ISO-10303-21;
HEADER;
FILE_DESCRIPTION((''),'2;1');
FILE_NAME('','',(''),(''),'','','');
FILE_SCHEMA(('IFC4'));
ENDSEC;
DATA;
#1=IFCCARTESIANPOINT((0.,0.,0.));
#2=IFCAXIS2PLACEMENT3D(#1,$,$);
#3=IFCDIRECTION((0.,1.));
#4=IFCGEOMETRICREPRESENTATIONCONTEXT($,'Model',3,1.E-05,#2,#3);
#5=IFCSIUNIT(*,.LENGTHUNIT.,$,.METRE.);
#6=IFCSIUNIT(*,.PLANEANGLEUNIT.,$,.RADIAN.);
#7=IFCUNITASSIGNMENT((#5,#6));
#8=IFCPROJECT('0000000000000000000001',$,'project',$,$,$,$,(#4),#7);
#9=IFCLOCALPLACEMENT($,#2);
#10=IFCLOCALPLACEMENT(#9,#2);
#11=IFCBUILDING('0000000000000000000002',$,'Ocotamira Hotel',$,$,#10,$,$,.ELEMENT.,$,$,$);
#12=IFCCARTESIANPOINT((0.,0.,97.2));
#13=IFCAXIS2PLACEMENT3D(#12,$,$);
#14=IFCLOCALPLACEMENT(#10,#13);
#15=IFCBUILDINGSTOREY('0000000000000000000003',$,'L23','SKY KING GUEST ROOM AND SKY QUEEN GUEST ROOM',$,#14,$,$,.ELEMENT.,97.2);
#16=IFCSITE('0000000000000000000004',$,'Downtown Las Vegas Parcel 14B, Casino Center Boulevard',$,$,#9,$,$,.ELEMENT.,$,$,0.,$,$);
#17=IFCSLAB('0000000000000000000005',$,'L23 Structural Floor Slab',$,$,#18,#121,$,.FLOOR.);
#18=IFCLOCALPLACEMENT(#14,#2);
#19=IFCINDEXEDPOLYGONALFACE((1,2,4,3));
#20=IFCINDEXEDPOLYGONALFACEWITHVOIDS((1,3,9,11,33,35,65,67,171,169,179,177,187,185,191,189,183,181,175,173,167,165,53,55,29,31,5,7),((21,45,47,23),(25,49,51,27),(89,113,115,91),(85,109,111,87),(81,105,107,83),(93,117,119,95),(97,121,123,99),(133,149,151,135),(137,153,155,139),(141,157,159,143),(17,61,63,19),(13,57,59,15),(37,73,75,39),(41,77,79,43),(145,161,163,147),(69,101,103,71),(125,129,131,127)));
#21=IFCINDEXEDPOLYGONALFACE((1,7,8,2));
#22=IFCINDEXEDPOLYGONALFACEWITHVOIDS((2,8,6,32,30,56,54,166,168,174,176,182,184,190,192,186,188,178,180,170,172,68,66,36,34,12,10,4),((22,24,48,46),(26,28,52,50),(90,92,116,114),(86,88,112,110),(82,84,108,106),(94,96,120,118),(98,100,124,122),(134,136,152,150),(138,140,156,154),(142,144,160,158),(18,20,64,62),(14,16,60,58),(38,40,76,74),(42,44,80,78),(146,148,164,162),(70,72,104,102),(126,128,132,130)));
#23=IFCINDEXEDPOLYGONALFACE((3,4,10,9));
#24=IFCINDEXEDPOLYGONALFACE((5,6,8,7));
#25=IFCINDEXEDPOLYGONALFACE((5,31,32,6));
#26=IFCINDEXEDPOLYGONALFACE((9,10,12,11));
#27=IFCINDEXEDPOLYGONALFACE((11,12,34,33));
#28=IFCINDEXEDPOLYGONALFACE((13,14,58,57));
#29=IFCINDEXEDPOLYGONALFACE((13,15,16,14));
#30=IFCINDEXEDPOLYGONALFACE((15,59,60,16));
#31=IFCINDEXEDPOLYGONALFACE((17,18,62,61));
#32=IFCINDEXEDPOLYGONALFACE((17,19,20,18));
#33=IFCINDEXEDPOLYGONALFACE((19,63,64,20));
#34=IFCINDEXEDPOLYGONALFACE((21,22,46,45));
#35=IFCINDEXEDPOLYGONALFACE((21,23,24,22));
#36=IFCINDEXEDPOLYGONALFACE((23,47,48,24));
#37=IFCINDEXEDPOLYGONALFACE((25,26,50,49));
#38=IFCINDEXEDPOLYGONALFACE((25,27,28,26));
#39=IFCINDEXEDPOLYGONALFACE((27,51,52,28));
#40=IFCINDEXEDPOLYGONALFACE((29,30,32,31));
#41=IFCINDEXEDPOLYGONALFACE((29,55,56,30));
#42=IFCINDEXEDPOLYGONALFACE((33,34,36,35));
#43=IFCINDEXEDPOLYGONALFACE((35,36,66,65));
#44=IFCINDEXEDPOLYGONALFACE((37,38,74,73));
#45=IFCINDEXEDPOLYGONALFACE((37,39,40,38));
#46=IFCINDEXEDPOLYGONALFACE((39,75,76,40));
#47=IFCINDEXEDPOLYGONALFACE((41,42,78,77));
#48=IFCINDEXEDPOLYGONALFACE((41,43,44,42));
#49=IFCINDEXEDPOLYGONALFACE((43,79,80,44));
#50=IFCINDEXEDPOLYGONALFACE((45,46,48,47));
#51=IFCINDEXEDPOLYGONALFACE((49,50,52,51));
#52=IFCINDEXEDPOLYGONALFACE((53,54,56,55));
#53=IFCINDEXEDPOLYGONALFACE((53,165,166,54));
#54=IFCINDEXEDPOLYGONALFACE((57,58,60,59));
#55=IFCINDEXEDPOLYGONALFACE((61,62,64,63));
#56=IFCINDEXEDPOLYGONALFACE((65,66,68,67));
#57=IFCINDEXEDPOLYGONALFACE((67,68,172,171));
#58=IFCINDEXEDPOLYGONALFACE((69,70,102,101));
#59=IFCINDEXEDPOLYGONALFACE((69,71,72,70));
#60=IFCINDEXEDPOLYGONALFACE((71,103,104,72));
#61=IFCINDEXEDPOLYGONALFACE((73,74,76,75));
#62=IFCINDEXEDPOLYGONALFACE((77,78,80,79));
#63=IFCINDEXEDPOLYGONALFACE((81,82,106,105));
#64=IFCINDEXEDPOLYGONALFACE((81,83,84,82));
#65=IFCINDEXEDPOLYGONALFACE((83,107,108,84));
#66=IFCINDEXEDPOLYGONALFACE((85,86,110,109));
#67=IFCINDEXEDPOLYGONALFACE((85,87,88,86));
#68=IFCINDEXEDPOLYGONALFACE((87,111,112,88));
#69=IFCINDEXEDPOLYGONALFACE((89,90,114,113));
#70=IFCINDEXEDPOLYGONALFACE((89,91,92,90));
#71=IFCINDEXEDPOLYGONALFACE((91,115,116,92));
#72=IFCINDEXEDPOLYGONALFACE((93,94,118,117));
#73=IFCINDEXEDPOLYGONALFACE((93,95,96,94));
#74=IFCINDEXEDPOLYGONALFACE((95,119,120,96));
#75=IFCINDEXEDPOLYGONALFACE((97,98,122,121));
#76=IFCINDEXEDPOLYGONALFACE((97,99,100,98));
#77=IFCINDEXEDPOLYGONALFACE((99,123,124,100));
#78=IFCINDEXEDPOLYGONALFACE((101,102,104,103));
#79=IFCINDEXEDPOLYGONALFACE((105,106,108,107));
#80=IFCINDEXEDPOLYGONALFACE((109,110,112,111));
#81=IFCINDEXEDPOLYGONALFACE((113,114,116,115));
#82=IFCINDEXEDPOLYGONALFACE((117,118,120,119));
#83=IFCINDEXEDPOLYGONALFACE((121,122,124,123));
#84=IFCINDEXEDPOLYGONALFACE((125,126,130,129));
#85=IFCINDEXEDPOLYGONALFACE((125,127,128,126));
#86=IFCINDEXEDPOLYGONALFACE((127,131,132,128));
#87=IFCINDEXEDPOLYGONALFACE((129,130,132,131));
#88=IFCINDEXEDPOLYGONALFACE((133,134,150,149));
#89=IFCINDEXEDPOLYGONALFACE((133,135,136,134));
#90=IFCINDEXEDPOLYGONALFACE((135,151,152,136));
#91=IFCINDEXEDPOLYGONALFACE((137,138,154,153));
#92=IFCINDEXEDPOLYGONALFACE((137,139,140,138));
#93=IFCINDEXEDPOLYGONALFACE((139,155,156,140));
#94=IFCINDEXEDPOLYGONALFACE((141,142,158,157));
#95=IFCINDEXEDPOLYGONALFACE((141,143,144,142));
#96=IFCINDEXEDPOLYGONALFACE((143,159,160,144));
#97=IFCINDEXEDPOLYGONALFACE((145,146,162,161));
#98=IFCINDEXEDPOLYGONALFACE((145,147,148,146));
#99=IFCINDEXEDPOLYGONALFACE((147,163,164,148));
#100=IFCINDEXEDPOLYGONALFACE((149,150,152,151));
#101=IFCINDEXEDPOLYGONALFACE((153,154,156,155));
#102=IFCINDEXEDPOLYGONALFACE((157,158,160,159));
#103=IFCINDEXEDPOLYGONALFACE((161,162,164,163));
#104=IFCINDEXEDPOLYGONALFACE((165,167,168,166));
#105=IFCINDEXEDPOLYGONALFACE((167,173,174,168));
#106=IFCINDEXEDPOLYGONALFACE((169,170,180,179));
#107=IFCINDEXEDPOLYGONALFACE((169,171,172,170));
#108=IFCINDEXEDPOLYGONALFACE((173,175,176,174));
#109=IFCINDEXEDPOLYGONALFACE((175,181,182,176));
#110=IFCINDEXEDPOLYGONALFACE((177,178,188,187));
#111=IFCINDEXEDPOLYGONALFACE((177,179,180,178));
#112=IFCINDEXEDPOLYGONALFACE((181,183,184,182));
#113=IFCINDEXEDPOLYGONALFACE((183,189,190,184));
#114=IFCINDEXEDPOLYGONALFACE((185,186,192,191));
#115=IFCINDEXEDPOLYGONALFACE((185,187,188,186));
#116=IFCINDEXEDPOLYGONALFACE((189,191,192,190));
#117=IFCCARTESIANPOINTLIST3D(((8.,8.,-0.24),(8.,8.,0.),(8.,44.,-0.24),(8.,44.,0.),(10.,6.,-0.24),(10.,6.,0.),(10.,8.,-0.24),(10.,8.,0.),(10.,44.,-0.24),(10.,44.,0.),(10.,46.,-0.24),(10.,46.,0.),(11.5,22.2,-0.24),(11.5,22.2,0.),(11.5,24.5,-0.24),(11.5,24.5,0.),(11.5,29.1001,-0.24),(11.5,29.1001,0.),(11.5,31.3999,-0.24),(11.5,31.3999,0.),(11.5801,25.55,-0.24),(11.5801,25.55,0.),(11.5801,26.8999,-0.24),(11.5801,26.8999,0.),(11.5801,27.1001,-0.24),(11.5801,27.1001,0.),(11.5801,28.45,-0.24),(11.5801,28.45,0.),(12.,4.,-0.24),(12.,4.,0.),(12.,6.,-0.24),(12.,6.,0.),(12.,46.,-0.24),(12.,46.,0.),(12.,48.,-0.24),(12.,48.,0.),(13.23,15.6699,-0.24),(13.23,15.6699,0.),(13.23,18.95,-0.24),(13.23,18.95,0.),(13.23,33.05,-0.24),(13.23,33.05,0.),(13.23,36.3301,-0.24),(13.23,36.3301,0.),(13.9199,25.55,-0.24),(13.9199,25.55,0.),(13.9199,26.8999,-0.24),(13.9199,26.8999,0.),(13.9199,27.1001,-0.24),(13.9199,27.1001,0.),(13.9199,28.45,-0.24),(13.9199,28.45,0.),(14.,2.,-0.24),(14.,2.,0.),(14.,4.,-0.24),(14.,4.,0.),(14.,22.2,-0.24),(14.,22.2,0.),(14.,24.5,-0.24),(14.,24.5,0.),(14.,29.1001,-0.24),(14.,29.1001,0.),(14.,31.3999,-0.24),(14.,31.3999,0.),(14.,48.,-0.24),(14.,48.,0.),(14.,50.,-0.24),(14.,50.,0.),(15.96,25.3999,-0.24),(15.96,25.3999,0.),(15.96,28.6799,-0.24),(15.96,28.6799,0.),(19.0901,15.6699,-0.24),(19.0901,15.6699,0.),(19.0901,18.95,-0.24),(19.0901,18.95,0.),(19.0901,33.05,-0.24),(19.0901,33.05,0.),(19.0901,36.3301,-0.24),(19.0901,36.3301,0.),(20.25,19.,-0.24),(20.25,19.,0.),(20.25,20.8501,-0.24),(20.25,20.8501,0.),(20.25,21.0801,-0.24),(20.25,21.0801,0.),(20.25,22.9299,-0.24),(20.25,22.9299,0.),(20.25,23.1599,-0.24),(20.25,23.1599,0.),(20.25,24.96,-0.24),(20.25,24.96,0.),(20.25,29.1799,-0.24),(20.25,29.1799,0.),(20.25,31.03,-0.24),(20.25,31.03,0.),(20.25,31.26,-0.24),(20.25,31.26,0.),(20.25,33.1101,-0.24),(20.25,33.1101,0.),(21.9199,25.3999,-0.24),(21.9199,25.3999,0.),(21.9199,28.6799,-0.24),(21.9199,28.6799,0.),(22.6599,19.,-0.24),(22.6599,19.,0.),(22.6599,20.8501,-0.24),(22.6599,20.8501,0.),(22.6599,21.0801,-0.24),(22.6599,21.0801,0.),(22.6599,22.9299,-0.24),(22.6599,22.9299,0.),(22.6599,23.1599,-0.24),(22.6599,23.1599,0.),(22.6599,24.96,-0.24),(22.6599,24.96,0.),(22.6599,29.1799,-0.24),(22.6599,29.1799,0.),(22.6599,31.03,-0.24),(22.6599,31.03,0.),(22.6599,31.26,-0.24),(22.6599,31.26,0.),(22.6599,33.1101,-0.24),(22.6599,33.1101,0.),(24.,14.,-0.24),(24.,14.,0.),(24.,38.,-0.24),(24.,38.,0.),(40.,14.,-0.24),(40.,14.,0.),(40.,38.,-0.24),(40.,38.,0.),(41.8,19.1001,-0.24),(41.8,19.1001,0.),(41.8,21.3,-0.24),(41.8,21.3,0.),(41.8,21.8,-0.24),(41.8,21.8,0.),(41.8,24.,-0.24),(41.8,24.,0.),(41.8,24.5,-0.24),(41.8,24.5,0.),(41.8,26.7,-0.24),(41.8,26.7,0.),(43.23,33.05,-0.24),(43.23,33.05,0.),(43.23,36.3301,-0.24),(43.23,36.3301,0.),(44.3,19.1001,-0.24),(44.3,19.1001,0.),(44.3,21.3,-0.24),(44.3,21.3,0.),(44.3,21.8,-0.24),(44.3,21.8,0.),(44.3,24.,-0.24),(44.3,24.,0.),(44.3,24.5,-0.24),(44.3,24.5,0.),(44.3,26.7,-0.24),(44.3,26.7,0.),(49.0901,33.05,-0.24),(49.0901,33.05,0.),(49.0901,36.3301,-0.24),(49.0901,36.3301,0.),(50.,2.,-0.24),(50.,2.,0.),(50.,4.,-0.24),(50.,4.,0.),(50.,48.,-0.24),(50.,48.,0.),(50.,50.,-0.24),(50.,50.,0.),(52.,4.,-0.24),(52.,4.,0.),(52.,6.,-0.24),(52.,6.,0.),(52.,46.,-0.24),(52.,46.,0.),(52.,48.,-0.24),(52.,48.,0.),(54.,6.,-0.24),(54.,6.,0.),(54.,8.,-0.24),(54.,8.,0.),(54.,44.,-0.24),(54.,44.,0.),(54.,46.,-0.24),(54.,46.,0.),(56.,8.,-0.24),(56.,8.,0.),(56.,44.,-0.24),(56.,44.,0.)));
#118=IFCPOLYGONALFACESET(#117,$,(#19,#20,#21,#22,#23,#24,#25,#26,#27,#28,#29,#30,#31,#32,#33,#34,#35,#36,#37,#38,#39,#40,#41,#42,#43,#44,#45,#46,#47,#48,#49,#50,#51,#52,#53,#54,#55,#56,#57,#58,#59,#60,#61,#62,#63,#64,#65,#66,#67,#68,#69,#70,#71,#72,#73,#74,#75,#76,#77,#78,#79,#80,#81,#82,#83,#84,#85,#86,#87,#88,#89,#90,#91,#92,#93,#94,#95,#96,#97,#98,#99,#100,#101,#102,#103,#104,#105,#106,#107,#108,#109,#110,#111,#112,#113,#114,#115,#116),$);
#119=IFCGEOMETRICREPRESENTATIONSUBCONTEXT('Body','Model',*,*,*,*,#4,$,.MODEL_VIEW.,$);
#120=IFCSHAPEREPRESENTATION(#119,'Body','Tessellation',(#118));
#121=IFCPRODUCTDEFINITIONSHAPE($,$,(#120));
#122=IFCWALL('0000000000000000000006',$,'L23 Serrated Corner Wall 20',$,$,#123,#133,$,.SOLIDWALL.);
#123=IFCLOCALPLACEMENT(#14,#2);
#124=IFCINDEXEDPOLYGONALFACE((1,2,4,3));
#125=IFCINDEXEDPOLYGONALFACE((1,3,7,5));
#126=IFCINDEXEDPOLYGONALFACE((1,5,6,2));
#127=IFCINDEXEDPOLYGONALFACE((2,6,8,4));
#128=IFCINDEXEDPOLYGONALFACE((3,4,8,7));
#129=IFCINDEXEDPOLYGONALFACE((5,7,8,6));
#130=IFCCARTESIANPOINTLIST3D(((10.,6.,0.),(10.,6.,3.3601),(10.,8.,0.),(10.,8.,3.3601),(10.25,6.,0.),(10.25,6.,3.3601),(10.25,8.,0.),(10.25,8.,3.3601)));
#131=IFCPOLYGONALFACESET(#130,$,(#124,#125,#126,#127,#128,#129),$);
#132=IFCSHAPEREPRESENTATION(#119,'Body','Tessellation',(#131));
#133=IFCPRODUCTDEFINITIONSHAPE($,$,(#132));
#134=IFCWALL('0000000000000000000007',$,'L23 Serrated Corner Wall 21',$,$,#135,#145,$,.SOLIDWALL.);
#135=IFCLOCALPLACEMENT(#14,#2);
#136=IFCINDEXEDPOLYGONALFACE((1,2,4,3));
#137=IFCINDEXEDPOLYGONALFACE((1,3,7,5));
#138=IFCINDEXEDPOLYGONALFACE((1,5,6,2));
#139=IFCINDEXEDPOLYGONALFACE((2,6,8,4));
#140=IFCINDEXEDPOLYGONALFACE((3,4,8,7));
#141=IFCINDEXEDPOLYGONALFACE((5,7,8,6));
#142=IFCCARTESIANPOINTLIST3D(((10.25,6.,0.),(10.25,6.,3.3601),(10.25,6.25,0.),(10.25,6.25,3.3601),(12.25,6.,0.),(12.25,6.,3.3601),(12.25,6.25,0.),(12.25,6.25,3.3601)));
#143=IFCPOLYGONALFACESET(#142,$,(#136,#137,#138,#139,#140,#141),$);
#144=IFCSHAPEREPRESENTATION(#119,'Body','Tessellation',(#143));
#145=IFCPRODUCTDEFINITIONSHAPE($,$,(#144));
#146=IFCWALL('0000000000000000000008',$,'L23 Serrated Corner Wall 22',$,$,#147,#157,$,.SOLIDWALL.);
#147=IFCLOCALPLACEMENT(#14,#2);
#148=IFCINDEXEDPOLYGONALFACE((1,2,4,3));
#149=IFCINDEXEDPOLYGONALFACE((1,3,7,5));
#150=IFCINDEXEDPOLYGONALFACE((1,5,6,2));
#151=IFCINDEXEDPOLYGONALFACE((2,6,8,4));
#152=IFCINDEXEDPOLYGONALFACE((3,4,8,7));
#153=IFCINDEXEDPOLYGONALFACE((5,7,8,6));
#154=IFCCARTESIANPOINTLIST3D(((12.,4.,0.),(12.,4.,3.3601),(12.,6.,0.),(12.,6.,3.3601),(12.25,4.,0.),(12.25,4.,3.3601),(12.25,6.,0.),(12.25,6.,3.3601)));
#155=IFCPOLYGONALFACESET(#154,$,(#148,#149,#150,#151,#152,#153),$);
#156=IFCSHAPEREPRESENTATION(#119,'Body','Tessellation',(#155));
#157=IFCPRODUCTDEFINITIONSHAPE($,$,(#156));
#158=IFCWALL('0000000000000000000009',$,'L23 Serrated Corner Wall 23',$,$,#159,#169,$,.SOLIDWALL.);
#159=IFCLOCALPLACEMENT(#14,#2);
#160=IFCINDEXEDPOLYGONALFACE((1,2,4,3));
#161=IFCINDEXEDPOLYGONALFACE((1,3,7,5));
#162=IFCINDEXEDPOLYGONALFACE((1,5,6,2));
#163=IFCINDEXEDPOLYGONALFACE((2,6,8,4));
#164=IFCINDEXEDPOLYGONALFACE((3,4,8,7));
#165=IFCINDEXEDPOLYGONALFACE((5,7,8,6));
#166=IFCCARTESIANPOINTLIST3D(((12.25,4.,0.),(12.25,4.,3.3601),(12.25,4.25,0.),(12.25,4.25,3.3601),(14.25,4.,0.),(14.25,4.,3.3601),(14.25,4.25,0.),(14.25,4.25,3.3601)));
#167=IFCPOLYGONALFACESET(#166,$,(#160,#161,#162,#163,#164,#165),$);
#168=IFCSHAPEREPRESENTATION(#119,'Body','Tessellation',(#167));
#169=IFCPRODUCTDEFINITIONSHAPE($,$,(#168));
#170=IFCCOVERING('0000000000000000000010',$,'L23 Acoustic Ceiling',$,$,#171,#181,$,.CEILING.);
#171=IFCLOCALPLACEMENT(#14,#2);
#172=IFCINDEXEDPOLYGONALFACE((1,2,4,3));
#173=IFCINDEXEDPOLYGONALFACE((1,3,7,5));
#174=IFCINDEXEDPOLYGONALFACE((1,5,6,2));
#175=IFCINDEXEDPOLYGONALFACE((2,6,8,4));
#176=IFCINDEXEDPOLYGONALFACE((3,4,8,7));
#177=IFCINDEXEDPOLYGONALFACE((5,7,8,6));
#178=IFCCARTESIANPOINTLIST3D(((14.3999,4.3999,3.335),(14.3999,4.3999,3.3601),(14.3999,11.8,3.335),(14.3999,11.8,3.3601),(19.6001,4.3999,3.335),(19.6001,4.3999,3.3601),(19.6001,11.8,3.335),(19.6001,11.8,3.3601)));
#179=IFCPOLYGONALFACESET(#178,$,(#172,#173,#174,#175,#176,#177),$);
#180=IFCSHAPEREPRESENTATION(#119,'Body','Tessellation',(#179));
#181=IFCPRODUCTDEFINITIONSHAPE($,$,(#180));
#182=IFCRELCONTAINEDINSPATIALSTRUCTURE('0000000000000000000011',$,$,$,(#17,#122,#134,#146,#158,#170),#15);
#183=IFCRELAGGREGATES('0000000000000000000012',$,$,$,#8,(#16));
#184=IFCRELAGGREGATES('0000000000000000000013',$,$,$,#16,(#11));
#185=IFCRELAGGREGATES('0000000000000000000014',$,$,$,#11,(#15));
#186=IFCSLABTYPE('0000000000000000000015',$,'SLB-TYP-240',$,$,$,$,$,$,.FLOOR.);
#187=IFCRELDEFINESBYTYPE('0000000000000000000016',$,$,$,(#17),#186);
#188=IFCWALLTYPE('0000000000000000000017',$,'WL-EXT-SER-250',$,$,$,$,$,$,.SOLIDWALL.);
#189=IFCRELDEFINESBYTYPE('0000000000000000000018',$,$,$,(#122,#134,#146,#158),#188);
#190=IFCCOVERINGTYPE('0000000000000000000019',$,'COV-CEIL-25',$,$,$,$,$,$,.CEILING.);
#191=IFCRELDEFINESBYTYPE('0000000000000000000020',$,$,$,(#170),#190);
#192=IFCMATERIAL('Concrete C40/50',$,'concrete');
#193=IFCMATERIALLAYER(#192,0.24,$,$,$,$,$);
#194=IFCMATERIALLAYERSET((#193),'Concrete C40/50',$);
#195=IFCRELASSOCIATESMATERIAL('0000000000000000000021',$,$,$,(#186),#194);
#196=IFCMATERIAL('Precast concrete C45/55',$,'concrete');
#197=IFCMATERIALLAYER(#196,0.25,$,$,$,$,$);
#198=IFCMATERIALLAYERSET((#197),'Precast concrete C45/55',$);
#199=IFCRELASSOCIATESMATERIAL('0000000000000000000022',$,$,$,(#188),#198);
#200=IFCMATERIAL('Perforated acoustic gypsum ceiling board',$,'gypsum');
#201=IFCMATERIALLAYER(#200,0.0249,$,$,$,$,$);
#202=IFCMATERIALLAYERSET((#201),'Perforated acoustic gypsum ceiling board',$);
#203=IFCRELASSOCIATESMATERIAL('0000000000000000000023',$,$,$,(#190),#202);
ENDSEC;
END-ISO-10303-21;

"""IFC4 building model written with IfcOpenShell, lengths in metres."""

from ifc_helpers import new_model, si_unit, direction, frame, frame_2d, origin, place, context, subcontext, project, spatial, polyline, rectangle, outline, extrude, material, layer, layer_set, type_object, element, save


model = new_model("IFC4")

# Units and contexts
model_context = context("Model", 3, precision=1e-05, world=origin(), true_north=direction((0.0, 1.0)))
body_context = subcontext(model_context, "Body", "Model", "MODEL_VIEW")
ifc_project = project(units=[si_unit("LENGTHUNIT", "METRE"), si_unit("PLANEANGLEUNIT", "RADIAN")], contexts=[model_context])

# Site, building, storey
site_placement = place(None, origin())
site = spatial("IfcSite", under=ifc_project, at=site_placement, Name="Downtown Las Vegas Parcel 14B, Casino Center Boulevard", CompositionType="ELEMENT", RefElevation=0.0)
building_placement = place(site_placement, origin())
building = spatial("IfcBuilding", under=site, at=building_placement, Name="Ocotamira Hotel", CompositionType="ELEMENT")
storey_placement = place(building_placement, frame((0.0, 0.0, 97.2)))
storey = spatial("IfcBuildingStorey", under=building, at=storey_placement, Name="L23", Description="SKY KING GUEST ROOM AND SKY QUEEN GUEST ROOM", CompositionType="ELEMENT", Elevation=97.2)

# Shared definitions
ifc_material_1 = material(Name="Concrete C40/50", Category="concrete")

# Slab
ifc_layer_1 = layer(ifc_material_1, 0.24)
ifc_layer_set_1 = layer_set([ifc_layer_1], Name="Concrete C40/50")
slab_type_1 = type_object("IfcSlabType", Name="SLB-TYP-240", PredefinedType="FLOOR", material=ifc_layer_set_1)
slab_1_placement = place(storey_placement, frame((0.0, 0.0, -0.24)))
element("IfcSlab", 1, at=slab_1_placement, inside=storey, type_object=slab_type_1, Name="L23 Structural Floor Slab", PredefinedType="FLOOR", context=body_context, shape_type="SweptSolid", body=[
    extrude(outline(polyline([(14.0, 2.0), (50.0, 2.0), (50.0, 4.0), (52.0, 4.0), (52.0, 6.0), (54.0, 6.0), (54.0, 8.0), (56.0, 8.0), (56.0, 44.0), (54.0, 44.0), (54.0, 46.0), (52.0, 46.0), (52.0, 48.0), (50.0, 48.0), (50.0, 50.0), (14.0, 50.0), (14.0, 48.0), (12.0, 48.0), (12.0, 46.0), (10.0, 46.0), (10.0, 44.0), (8.0, 44.0), (8.0, 8.0), (10.0, 8.0), (10.0, 6.0), (12.0, 6.0), (12.0, 4.0), (14.0, 4.0), (14.0, 2.0)]), holes=[polyline([(24.0, 14.0), (40.0, 14.0), (40.0, 38.0), (24.0, 38.0), (24.0, 14.0)]), polyline([(13.23, 15.6699), (19.0901, 15.6699), (19.0901, 18.95), (13.23, 18.95), (13.23, 15.6699)]), polyline([(13.23, 33.05), (19.0901, 33.05), (19.0901, 36.3301), (13.23, 36.3301), (13.23, 33.05)]), polyline([(15.96, 25.3999), (21.9199, 25.3999), (21.9199, 28.6799), (15.96, 28.6799), (15.96, 25.3999)]), polyline([(43.23, 33.05), (49.0901, 33.05), (49.0901, 36.3301), (43.23, 36.3301), (43.23, 33.05)]), polyline([(41.8, 19.1001), (44.3, 19.1001), (44.3, 21.3), (41.8, 21.3), (41.8, 19.1001)]), polyline([(41.8, 21.8), (44.3, 21.8), (44.3, 24.0), (41.8, 24.0), (41.8, 21.8)]), polyline([(41.8, 24.5), (44.3, 24.5), (44.3, 26.7), (41.8, 26.7), (41.8, 24.5)]), polyline([(20.25, 19.0), (22.6599, 19.0), (22.6599, 20.8501), (20.25, 20.8501), (20.25, 19.0)]), polyline([(20.25, 21.0801), (22.6599, 21.0801), (22.6599, 22.9299), (20.25, 22.9299), (20.25, 21.0801)]), polyline([(20.25, 23.1599), (22.6599, 23.1599), (22.6599, 24.96), (20.25, 24.96), (20.25, 23.1599)]), polyline([(20.25, 29.1799), (22.6599, 29.1799), (22.6599, 31.03), (20.25, 31.03), (20.25, 29.1799)]), polyline([(20.25, 31.26), (22.6599, 31.26), (22.6599, 33.1101), (20.25, 33.1101), (20.25, 31.26)]), polyline([(11.5, 22.2), (14.0, 22.2), (14.0, 24.5), (11.5, 24.5), (11.5, 22.2)]), polyline([(11.5, 29.1001), (14.0, 29.1001), (14.0, 31.3999), (11.5, 31.3999), (11.5, 29.1001)]), polyline([(11.5801, 25.55), (13.9199, 25.55), (13.9199, 26.8999), (11.5801, 26.8999), (11.5801, 25.55)]), polyline([(11.5801, 27.1001), (13.9199, 27.1001), (13.9199, 28.45), (11.5801, 28.45), (11.5801, 27.1001)])]), origin(), (0.0, 0.0, 1.0), 0.24),
])

# Walls
ifc_material_2 = material(Name="Precast concrete C45/55", Category="concrete")
ifc_layer_2 = layer(ifc_material_2, 0.25)
ifc_layer_set_2 = layer_set([ifc_layer_2], Name="Precast concrete C45/55")
wall_type_1 = type_object("IfcWallType", Name="WL-EXT-SER-250", PredefinedType="SOLIDWALL", material=ifc_layer_set_2)
for number, where, z_axis, x_axis, name in (
    (2, (10.125, 8.0, 0.0), (0.0, 0.0, 1.0), (0.0, -1.0, 0.0), "L23 Serrated Corner Wall 20"),
    (3, (10.25, 6.125, 0.0), (0.0, 0.0, 1.0), (1.0, 0.0, 0.0), "L23 Serrated Corner Wall 21"),
    (4, (12.125, 6.0, 0.0), (0.0, 0.0, 1.0), (0.0, -1.0, 0.0), "L23 Serrated Corner Wall 22"),
    (5, (12.25, 4.125, 0.0), (0.0, 0.0, 1.0), (1.0, 0.0, 0.0), "L23 Serrated Corner Wall 23"),
):
    element("IfcWall", number, at=place(storey_placement, frame(where, z_axis=z_axis, x_axis=x_axis)), inside=storey, type_object=wall_type_1, Name=name, PredefinedType="SOLIDWALL", context=body_context, shape_type="SweptSolid", body=[
        extrude(rectangle(XDim=2.0, YDim=0.25, at=frame_2d((1.0, 0.0))), origin(), (0.0, 0.0, 1.0), 3.3601),
    ])

# Covering
ifc_material_3 = material(Name="Perforated acoustic gypsum ceiling board", Category="gypsum")
ifc_layer_3 = layer(ifc_material_3, 0.0249)
ifc_layer_set_3 = layer_set([ifc_layer_3], Name="Perforated acoustic gypsum ceiling board")
covering_type_1 = type_object("IfcCoveringType", Name="COV-CEIL-25", PredefinedType="CEILING", material=ifc_layer_set_3)
covering_1_placement = place(storey_placement, frame((0.0, 0.0, 3.335)))
element("IfcCovering", 6, at=covering_1_placement, inside=storey, type_object=covering_type_1, Name="L23 Acoustic Ceiling", PredefinedType="CEILING", context=body_context, shape_type="SweptSolid", body=[
    extrude(outline(polyline([(14.3999, 4.3999), (19.6001, 4.3999), (19.6001, 11.8), (14.3999, 11.8), (14.3999, 4.3999)])), origin(), (0.0, 0.0, 1.0), 0.0251),
])

save(model, "model.ifc")
